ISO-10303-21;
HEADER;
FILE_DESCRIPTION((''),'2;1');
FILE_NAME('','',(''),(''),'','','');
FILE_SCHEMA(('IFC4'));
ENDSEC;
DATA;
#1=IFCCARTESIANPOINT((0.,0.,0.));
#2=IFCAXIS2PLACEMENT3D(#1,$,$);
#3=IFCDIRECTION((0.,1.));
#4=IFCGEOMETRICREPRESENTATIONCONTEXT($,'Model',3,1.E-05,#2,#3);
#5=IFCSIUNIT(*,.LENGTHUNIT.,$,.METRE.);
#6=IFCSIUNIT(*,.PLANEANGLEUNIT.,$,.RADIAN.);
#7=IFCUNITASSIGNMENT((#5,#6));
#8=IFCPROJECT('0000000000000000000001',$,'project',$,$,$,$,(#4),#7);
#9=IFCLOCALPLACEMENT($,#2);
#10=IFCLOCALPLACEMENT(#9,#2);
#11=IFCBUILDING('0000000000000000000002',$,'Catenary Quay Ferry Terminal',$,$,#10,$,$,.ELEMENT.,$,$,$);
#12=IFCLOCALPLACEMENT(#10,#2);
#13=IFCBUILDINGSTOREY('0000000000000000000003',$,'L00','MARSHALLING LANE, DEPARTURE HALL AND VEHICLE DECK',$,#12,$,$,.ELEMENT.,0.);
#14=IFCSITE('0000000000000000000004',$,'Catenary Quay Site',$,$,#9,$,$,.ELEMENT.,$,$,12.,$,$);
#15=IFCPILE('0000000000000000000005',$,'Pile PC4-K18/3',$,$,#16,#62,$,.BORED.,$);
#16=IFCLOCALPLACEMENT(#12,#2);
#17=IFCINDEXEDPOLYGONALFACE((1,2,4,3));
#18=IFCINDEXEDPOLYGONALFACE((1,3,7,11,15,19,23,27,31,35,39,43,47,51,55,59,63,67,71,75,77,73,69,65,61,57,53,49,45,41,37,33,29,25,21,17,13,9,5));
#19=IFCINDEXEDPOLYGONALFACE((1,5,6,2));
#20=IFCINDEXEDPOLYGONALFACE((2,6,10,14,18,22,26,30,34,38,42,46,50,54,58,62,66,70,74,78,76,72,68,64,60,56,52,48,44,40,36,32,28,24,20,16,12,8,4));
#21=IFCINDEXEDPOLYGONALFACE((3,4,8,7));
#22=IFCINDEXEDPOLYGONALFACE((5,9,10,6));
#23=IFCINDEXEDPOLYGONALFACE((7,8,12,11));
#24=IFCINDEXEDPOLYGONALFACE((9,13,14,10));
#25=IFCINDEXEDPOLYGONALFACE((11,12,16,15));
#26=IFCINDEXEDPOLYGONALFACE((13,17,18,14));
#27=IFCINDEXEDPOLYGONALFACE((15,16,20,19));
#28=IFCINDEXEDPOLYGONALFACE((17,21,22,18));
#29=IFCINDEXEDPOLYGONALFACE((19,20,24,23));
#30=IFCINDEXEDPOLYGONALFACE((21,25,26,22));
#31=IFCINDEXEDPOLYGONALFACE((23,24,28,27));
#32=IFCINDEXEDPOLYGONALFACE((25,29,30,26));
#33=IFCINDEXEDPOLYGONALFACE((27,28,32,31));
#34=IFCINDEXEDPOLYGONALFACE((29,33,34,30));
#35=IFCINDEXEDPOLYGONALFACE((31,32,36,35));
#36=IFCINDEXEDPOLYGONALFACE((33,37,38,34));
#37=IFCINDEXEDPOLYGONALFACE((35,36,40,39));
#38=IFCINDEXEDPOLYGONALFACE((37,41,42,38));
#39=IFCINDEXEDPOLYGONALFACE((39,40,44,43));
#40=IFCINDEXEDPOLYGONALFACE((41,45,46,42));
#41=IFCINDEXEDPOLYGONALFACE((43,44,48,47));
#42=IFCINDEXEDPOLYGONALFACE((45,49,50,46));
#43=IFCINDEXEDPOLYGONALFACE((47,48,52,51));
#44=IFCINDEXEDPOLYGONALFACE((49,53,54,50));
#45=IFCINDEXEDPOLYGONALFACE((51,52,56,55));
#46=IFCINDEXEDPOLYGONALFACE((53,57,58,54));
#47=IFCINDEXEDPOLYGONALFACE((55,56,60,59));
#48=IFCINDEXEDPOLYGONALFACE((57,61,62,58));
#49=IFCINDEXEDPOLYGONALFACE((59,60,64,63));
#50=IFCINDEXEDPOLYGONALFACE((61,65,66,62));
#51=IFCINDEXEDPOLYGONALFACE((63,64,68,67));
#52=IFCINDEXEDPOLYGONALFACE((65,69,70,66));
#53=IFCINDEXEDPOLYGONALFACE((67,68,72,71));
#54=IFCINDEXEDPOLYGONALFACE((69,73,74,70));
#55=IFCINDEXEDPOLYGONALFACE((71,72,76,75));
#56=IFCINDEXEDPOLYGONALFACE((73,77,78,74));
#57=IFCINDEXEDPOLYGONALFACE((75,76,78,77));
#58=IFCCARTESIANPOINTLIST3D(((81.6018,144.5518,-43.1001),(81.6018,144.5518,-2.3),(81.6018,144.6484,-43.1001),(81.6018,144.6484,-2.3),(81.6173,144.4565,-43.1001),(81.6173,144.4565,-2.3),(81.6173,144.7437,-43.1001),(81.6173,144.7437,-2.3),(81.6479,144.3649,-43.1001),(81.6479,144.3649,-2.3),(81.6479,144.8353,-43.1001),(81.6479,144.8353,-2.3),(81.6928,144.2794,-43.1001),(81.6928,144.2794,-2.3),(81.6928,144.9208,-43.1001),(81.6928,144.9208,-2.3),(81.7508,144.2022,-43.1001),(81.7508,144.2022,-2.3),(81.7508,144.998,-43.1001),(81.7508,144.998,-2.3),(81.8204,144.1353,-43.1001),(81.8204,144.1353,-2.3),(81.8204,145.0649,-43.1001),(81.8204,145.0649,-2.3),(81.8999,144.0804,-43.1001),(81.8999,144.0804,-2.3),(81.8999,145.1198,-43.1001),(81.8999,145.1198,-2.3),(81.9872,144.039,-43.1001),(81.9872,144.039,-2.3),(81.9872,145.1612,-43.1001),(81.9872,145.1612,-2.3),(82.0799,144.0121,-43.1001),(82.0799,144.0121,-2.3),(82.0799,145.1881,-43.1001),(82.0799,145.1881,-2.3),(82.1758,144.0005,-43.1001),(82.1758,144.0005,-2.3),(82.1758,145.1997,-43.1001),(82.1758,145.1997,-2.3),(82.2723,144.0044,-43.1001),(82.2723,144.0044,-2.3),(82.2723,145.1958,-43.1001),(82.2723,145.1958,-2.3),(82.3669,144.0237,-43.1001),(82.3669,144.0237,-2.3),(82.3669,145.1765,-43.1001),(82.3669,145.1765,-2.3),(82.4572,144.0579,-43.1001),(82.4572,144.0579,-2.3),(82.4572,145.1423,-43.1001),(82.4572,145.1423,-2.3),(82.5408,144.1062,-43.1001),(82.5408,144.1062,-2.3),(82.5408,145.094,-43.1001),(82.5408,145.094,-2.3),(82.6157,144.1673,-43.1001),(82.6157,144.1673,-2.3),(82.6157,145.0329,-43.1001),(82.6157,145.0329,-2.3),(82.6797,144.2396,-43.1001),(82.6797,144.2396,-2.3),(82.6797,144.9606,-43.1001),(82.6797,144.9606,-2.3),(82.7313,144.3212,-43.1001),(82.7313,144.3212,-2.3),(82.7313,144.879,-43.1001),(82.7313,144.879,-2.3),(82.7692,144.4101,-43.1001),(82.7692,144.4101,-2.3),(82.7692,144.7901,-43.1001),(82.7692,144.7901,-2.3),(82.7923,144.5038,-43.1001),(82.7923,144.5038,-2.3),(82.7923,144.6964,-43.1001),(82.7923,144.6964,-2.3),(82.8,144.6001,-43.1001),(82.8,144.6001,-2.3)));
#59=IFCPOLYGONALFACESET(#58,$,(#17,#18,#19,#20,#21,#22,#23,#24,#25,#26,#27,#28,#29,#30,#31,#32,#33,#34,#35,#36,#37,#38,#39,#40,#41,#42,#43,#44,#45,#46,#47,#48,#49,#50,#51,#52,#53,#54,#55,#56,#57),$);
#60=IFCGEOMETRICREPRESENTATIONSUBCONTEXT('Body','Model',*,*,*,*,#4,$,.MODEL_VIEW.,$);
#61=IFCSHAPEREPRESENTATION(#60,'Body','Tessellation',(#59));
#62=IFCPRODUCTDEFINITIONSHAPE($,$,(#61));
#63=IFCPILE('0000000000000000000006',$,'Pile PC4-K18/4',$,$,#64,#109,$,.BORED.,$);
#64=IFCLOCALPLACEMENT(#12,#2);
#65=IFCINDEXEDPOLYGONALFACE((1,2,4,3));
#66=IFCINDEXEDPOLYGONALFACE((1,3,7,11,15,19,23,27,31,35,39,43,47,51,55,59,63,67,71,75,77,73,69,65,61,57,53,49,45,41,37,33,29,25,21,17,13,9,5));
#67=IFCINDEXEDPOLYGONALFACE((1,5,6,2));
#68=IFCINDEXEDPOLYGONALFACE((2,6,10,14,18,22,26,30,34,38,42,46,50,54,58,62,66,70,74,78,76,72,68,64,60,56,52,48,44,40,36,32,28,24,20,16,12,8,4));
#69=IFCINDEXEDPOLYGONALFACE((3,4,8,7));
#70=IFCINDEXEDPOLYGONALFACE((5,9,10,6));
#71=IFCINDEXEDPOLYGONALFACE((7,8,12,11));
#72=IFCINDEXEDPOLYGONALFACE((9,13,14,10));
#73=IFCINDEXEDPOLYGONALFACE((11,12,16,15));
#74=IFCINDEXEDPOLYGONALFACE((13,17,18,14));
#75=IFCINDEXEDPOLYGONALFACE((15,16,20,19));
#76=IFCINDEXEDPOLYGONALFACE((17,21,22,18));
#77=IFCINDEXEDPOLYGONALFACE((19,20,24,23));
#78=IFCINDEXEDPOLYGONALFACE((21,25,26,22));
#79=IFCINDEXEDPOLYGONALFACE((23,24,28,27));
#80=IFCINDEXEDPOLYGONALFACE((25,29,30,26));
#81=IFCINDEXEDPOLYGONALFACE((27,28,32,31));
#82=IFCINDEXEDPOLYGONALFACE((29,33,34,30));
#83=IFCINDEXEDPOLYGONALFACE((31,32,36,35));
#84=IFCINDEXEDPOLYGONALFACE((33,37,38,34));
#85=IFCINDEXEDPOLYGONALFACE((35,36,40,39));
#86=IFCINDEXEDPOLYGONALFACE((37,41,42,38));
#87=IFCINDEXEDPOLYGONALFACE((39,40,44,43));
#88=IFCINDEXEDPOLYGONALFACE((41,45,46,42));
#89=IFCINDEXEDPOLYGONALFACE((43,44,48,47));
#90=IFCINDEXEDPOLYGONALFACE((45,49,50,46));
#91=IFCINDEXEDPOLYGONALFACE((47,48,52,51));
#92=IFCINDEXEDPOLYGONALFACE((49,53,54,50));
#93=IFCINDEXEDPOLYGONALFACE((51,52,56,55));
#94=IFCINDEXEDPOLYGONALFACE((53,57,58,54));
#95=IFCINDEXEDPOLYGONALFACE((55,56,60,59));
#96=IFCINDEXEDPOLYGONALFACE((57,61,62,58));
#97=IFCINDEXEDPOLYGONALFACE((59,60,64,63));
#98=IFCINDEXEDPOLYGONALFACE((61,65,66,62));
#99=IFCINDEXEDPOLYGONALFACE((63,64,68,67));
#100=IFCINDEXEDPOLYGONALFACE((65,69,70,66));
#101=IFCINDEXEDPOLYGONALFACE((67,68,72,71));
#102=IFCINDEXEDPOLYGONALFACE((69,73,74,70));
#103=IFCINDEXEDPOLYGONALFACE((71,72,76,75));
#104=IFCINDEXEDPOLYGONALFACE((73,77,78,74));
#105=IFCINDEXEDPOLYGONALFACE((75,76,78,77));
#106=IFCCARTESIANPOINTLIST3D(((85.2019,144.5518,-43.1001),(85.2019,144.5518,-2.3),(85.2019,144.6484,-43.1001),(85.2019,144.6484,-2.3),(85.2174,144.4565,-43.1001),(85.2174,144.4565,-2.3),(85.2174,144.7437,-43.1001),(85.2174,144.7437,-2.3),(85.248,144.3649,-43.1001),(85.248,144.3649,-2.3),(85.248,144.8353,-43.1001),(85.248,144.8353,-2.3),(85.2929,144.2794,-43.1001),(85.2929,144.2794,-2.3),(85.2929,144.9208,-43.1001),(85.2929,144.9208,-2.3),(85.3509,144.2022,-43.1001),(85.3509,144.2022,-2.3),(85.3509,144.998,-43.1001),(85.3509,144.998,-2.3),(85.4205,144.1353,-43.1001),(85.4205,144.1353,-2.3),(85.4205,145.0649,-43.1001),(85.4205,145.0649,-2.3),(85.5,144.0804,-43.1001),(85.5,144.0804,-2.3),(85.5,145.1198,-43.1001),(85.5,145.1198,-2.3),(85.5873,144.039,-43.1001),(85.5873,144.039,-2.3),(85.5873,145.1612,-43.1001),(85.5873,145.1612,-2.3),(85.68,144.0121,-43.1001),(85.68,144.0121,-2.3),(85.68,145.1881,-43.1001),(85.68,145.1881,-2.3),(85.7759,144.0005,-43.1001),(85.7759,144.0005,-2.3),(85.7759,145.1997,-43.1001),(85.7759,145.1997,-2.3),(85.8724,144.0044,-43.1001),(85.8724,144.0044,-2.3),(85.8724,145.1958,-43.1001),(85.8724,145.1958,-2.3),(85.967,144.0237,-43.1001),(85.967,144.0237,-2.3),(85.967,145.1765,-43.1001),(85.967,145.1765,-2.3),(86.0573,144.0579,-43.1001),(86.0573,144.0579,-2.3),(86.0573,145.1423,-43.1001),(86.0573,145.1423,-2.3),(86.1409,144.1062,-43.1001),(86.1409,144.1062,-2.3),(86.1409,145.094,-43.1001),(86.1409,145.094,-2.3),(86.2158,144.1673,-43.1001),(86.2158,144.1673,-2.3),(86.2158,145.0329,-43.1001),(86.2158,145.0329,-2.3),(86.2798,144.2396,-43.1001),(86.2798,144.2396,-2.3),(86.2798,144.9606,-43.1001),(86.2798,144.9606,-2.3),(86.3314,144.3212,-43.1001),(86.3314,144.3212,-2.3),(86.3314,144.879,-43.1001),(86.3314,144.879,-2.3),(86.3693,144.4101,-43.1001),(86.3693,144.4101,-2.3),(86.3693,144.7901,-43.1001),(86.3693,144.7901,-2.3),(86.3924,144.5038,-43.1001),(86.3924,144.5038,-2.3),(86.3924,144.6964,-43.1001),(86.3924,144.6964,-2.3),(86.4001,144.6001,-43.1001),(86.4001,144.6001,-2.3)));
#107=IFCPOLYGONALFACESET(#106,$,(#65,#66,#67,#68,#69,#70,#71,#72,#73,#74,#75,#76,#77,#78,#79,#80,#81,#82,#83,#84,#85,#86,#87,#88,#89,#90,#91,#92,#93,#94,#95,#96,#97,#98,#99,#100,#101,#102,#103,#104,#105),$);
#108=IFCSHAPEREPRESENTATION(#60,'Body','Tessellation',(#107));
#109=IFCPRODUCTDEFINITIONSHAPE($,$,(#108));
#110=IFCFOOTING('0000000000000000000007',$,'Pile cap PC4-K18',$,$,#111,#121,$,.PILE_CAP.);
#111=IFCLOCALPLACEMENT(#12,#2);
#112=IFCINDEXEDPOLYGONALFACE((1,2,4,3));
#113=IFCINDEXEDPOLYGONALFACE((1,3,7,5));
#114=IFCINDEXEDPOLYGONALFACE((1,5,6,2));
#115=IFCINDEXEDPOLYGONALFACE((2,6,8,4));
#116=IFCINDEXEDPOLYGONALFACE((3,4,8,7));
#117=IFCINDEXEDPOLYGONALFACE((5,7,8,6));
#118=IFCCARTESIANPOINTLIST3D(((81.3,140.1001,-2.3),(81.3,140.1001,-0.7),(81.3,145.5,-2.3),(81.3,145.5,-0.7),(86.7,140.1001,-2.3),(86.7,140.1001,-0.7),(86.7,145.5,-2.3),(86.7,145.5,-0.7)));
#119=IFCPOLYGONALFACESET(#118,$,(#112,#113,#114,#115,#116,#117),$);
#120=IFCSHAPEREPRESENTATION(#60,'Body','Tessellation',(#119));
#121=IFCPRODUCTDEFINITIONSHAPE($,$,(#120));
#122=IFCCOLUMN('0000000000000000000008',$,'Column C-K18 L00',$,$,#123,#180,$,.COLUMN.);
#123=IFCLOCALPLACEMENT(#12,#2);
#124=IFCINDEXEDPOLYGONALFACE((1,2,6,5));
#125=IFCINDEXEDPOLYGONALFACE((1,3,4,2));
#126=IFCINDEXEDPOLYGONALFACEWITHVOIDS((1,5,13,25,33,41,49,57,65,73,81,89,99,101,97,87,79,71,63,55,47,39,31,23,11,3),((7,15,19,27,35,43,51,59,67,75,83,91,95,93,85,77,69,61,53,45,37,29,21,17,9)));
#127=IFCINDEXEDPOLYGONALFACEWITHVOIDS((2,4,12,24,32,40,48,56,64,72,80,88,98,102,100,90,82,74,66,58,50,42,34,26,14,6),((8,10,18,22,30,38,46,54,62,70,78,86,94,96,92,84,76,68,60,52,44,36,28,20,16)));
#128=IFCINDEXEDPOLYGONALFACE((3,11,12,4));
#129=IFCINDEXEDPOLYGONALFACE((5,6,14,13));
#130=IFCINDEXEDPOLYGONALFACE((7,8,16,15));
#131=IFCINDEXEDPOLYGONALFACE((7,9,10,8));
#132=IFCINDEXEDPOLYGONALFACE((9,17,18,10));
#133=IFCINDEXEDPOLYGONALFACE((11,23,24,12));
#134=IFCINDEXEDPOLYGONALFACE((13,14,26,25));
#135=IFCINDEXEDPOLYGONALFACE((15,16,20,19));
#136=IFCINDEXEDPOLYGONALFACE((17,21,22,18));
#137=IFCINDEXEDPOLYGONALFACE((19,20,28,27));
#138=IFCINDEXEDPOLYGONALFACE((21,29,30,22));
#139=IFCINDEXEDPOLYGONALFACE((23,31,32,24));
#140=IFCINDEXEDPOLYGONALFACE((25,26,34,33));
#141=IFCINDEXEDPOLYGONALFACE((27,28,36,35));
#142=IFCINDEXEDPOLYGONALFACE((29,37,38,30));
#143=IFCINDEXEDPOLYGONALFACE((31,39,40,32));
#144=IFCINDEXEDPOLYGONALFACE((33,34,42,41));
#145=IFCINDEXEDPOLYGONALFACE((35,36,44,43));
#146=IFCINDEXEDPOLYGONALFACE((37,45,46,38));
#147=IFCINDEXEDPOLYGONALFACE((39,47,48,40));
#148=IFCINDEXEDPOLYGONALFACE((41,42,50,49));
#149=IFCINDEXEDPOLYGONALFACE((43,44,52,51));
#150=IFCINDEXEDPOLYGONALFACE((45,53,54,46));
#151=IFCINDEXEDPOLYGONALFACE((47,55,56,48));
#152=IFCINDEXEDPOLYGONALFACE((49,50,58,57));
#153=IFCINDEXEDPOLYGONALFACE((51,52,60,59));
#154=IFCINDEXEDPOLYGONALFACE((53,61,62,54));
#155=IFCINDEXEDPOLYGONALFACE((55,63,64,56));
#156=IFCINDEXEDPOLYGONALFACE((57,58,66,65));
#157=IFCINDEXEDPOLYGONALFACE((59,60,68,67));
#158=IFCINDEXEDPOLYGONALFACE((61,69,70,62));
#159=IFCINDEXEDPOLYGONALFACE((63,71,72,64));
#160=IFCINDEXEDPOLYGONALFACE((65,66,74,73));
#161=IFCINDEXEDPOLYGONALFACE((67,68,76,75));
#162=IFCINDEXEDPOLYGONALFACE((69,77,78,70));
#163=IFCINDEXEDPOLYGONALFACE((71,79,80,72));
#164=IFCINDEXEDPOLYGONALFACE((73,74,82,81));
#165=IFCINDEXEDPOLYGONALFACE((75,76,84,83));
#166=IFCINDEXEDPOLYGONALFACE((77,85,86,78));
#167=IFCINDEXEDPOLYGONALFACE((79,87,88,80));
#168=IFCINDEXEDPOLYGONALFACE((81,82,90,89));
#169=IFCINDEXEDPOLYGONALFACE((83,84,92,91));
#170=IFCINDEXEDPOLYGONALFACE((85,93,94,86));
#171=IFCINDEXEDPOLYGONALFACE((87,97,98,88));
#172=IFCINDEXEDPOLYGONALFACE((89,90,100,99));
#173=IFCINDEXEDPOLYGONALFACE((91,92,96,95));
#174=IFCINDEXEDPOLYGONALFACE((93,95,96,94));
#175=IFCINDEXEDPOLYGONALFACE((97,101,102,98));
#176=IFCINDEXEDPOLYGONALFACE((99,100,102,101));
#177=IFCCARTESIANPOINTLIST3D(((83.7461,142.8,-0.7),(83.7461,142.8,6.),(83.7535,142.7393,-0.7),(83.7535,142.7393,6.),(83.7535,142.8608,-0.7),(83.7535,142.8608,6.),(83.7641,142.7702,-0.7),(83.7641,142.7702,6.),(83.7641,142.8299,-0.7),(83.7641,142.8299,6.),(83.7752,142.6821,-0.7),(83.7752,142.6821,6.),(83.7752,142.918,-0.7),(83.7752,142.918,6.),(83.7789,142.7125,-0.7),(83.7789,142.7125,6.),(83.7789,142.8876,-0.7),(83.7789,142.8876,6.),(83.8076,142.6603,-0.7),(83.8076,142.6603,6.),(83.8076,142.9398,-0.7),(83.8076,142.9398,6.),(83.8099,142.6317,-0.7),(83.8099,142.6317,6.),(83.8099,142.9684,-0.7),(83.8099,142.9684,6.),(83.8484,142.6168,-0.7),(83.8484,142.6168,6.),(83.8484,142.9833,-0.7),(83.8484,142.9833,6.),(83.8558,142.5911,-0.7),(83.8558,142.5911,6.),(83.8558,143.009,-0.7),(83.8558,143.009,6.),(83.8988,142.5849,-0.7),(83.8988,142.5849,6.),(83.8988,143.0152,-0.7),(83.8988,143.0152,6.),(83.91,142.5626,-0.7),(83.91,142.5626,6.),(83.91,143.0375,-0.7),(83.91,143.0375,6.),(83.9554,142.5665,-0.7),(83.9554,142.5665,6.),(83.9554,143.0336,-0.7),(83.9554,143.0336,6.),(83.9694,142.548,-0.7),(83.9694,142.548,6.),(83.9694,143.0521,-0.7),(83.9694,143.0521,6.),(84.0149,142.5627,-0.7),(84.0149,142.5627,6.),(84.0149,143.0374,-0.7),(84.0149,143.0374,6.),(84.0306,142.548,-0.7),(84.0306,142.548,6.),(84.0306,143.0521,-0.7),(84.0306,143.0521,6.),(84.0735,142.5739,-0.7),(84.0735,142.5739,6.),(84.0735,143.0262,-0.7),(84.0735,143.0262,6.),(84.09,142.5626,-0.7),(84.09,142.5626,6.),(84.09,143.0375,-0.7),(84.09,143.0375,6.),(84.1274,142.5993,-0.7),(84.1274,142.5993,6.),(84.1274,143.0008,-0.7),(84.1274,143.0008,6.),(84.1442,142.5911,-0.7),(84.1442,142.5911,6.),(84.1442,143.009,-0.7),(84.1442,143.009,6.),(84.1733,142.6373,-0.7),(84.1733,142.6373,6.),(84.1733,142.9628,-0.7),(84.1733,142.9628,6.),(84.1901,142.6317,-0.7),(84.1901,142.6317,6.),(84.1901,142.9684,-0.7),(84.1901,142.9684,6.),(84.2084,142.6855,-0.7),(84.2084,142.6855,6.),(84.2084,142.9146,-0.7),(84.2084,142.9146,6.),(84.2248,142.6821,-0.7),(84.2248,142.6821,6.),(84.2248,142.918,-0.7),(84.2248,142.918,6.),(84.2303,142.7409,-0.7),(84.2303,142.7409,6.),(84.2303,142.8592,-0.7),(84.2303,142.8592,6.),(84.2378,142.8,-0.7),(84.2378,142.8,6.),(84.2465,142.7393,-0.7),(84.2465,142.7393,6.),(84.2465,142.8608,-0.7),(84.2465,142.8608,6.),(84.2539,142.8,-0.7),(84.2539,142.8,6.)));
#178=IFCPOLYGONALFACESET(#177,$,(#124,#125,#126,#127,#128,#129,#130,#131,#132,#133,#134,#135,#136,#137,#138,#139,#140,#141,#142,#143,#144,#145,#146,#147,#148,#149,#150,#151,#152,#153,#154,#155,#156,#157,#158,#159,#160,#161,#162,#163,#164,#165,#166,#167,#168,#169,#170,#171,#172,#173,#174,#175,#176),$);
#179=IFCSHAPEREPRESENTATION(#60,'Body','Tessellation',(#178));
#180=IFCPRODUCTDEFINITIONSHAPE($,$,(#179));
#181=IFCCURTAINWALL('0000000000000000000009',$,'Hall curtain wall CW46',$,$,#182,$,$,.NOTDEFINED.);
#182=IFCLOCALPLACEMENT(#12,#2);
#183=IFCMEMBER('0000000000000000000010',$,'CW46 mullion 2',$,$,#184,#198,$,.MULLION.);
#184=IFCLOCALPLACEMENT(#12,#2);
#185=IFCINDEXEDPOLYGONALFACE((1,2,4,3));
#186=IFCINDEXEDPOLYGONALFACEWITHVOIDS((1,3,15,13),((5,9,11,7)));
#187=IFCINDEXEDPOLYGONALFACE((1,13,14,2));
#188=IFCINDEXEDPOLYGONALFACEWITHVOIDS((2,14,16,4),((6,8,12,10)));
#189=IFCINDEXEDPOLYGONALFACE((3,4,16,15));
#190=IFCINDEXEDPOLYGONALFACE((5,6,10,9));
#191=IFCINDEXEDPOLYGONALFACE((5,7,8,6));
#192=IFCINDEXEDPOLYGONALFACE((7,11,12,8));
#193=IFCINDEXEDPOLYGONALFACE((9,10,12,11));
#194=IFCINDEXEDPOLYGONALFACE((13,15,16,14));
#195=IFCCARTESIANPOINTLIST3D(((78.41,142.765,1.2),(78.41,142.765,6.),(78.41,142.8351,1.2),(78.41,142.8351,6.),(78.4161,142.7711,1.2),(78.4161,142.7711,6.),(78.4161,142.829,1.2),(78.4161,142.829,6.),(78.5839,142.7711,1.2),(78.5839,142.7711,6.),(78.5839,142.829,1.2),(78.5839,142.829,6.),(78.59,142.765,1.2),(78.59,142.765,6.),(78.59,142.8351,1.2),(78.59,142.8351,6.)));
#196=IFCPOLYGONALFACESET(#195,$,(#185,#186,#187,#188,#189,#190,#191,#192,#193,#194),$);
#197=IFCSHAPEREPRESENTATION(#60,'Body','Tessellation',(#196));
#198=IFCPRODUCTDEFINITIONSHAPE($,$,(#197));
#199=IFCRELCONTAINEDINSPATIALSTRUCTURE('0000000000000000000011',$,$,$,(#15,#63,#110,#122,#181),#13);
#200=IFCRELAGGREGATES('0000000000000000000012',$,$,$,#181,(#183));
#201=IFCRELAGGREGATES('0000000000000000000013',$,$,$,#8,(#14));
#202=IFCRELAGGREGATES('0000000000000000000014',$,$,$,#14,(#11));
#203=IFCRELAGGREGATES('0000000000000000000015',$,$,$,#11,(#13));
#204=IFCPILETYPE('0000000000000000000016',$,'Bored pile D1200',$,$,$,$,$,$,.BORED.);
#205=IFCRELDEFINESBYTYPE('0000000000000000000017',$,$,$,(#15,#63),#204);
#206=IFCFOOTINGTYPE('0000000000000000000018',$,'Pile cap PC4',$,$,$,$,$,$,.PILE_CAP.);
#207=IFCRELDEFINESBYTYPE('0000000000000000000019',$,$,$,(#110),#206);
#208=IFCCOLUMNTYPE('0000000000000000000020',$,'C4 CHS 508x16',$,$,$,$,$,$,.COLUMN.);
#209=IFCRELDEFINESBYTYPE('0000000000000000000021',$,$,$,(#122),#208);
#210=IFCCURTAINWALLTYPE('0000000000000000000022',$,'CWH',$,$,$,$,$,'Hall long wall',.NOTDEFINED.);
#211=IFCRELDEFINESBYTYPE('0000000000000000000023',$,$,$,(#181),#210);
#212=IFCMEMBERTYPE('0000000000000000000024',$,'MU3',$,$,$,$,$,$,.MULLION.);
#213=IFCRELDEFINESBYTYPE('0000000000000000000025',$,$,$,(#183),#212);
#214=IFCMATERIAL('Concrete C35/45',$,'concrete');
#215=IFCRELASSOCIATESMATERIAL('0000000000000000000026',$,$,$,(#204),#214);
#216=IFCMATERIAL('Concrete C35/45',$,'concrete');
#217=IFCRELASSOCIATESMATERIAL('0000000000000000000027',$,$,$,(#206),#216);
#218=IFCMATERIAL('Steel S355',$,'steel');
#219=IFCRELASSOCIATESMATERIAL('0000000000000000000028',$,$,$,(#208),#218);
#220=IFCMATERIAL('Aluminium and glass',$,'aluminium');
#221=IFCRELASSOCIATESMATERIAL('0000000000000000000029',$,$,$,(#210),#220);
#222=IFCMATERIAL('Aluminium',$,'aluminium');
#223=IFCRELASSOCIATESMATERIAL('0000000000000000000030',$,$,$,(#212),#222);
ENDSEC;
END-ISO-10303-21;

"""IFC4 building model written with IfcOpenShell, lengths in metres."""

from ifc_helpers import new_model, si_unit, direction, frame, origin, origin_2d, place, context, subcontext, project, spatial, rectangle, hollow_rectangle, circle, hollow_circle, extrude, material, material_profile, profile_set, type_object, element, aggregate, save


model = new_model("IFC4")

# Units and contexts
model_context = context("Model", 3, precision=1e-05, world=origin(), true_north=direction((0.0, 1.0)))
body_context = subcontext(model_context, "Body", "Model", "MODEL_VIEW")
ifc_project = project(units=[si_unit("LENGTHUNIT", "METRE"), si_unit("PLANEANGLEUNIT", "RADIAN")], contexts=[model_context])

# Site, building, storey
site_placement = place(None, origin())
site = spatial("IfcSite", under=ifc_project, at=site_placement, Name="Catenary Quay Site", CompositionType="ELEMENT", RefElevation=12.0)
building_placement = place(site_placement, origin())
building = spatial("IfcBuilding", under=site, at=building_placement, Name="Catenary Quay Ferry Terminal", CompositionType="ELEMENT")
storey_placement = place(building_placement, origin())
storey = spatial("IfcBuildingStorey", under=building, at=storey_placement, Name="L00", Description="MARSHALLING LANE, DEPARTURE HALL AND VEHICLE DECK", CompositionType="ELEMENT", Elevation=0.0)

# Piles
ifc_material_1 = material(Name="Concrete C35/45", Category="concrete")
ifc_material_profile_1 = material_profile(ifc_material_1, circle(Radius=0.6001, at=origin_2d()), Name="D1200")
ifc_profile_set_1 = profile_set([ifc_material_profile_1], Name="Concrete C35/45")
pile_type = type_object("IfcPileType", Name="Bored pile D1200", PredefinedType="BORED", material=ifc_profile_set_1)
for number, where, z_axis, x_axis, name in (
    (1, (82.2, 144.6001, -2.3), (0.0, 0.0, -1.0), (1.0, 0.0, 0.0), "Pile PC4-K18/3"),
    (2, (85.8, 144.6001, -2.3), (0.0, 0.0, -1.0), (1.0, 0.0, 0.0), "Pile PC4-K18/4"),
):
    element("IfcPile", number, at=place(storey_placement, frame(where, z_axis=z_axis, x_axis=x_axis)), inside=storey, type_object=pile_type, Name=name, PredefinedType="BORED", context=body_context, shape_type="SweptSolid", body=[
        extrude(circle(Radius=0.6001, at=origin_2d()), origin(), (0.0, 0.0, 1.0), 40.8),
    ])

# Footing
ifc_material_2 = material(Name="Concrete C35/45", Category="concrete")
footing_type = type_object("IfcFootingType", Name="Pile cap PC4", PredefinedType="PILE_CAP", material=ifc_material_2)
footing_placement = place(storey_placement, frame((84.0, 142.8, -2.3), z_axis=(0.0, 0.0, 1.0), x_axis=(1.0, 0.0, 0.0)))
element("IfcFooting", 3, at=footing_placement, inside=storey, type_object=footing_type, Name="Pile cap PC4-K18", PredefinedType="PILE_CAP", context=body_context, shape_type="SweptSolid", body=[
    extrude(rectangle(XDim=5.3999, YDim=5.3999, at=origin_2d()), origin(), (0.0, 0.0, 1.0), 1.6001),
])

# Column
ifc_material_3 = material(Name="Steel S355", Category="steel")
ifc_material_profile_2 = material_profile(ifc_material_3, hollow_circle(Radius=0.2539, WallThickness=0.0161, at=origin_2d()), Name="CHS 508x16")
ifc_profile_set_2 = profile_set([ifc_material_profile_2], Name="Steel S355")
column_type = type_object("IfcColumnType", Name="C4 CHS 508x16", PredefinedType="COLUMN", material=ifc_profile_set_2)
column_placement = place(storey_placement, frame((84.0, 142.8, -0.7), z_axis=(0.0, 0.0, 1.0), x_axis=(1.0, 0.0, 0.0)))
element("IfcColumn", 4, at=column_placement, inside=storey, type_object=column_type, Name="Column C-K18 L00", PredefinedType="COLUMN", context=body_context, shape_type="SweptSolid", body=[
    extrude(hollow_circle(Radius=0.2539, WallThickness=0.0161, at=origin_2d()), origin(), (0.0, 0.0, 1.0), 6.7),
])

# Curtain wall, member
ifc_material_4 = material(Name="Aluminium and glass", Category="aluminium")
curtain_wall_type = type_object("IfcCurtainWallType", Name="CWH", ElementType="Hall long wall", PredefinedType="NOTDEFINED", material=ifc_material_4)
curtain_wall_1_placement = place(storey_placement, origin())
curtain_wall_1 = element("IfcCurtainWall", 5, at=curtain_wall_1_placement, inside=storey, type_object=curtain_wall_type, Name="Hall curtain wall CW46", PredefinedType="NOTDEFINED")
ifc_material_5 = material(Name="Aluminium", Category="aluminium")
ifc_material_profile_3 = material_profile(ifc_material_5, hollow_rectangle(XDim=0.0701, YDim=0.1799, WallThickness=0.0061, at=origin_2d()), Name="MU3")
ifc_profile_set_3 = profile_set([ifc_material_profile_3], Name="Aluminium")
member_type_1 = type_object("IfcMemberType", Name="MU3", PredefinedType="MULLION", material=ifc_profile_set_3)
member_1_placement = place(storey_placement, frame((78.5, 142.8, 1.2), z_axis=(0.0, 0.0, 1.0), x_axis=(0.0, 1.0, 0.0)))
member_1 = element("IfcMember", 6, at=member_1_placement, type_object=member_type_1, Name="CW46 mullion 2", PredefinedType="MULLION", context=body_context, shape_type="SweptSolid", body=[
    extrude(hollow_rectangle(XDim=0.0701, YDim=0.1799, WallThickness=0.0061, at=origin_2d()), origin(), (0.0, 0.0, 1.0), 4.8),
])

aggregate(curtain_wall_1, [member_1])

save(model, "model.ifc")
